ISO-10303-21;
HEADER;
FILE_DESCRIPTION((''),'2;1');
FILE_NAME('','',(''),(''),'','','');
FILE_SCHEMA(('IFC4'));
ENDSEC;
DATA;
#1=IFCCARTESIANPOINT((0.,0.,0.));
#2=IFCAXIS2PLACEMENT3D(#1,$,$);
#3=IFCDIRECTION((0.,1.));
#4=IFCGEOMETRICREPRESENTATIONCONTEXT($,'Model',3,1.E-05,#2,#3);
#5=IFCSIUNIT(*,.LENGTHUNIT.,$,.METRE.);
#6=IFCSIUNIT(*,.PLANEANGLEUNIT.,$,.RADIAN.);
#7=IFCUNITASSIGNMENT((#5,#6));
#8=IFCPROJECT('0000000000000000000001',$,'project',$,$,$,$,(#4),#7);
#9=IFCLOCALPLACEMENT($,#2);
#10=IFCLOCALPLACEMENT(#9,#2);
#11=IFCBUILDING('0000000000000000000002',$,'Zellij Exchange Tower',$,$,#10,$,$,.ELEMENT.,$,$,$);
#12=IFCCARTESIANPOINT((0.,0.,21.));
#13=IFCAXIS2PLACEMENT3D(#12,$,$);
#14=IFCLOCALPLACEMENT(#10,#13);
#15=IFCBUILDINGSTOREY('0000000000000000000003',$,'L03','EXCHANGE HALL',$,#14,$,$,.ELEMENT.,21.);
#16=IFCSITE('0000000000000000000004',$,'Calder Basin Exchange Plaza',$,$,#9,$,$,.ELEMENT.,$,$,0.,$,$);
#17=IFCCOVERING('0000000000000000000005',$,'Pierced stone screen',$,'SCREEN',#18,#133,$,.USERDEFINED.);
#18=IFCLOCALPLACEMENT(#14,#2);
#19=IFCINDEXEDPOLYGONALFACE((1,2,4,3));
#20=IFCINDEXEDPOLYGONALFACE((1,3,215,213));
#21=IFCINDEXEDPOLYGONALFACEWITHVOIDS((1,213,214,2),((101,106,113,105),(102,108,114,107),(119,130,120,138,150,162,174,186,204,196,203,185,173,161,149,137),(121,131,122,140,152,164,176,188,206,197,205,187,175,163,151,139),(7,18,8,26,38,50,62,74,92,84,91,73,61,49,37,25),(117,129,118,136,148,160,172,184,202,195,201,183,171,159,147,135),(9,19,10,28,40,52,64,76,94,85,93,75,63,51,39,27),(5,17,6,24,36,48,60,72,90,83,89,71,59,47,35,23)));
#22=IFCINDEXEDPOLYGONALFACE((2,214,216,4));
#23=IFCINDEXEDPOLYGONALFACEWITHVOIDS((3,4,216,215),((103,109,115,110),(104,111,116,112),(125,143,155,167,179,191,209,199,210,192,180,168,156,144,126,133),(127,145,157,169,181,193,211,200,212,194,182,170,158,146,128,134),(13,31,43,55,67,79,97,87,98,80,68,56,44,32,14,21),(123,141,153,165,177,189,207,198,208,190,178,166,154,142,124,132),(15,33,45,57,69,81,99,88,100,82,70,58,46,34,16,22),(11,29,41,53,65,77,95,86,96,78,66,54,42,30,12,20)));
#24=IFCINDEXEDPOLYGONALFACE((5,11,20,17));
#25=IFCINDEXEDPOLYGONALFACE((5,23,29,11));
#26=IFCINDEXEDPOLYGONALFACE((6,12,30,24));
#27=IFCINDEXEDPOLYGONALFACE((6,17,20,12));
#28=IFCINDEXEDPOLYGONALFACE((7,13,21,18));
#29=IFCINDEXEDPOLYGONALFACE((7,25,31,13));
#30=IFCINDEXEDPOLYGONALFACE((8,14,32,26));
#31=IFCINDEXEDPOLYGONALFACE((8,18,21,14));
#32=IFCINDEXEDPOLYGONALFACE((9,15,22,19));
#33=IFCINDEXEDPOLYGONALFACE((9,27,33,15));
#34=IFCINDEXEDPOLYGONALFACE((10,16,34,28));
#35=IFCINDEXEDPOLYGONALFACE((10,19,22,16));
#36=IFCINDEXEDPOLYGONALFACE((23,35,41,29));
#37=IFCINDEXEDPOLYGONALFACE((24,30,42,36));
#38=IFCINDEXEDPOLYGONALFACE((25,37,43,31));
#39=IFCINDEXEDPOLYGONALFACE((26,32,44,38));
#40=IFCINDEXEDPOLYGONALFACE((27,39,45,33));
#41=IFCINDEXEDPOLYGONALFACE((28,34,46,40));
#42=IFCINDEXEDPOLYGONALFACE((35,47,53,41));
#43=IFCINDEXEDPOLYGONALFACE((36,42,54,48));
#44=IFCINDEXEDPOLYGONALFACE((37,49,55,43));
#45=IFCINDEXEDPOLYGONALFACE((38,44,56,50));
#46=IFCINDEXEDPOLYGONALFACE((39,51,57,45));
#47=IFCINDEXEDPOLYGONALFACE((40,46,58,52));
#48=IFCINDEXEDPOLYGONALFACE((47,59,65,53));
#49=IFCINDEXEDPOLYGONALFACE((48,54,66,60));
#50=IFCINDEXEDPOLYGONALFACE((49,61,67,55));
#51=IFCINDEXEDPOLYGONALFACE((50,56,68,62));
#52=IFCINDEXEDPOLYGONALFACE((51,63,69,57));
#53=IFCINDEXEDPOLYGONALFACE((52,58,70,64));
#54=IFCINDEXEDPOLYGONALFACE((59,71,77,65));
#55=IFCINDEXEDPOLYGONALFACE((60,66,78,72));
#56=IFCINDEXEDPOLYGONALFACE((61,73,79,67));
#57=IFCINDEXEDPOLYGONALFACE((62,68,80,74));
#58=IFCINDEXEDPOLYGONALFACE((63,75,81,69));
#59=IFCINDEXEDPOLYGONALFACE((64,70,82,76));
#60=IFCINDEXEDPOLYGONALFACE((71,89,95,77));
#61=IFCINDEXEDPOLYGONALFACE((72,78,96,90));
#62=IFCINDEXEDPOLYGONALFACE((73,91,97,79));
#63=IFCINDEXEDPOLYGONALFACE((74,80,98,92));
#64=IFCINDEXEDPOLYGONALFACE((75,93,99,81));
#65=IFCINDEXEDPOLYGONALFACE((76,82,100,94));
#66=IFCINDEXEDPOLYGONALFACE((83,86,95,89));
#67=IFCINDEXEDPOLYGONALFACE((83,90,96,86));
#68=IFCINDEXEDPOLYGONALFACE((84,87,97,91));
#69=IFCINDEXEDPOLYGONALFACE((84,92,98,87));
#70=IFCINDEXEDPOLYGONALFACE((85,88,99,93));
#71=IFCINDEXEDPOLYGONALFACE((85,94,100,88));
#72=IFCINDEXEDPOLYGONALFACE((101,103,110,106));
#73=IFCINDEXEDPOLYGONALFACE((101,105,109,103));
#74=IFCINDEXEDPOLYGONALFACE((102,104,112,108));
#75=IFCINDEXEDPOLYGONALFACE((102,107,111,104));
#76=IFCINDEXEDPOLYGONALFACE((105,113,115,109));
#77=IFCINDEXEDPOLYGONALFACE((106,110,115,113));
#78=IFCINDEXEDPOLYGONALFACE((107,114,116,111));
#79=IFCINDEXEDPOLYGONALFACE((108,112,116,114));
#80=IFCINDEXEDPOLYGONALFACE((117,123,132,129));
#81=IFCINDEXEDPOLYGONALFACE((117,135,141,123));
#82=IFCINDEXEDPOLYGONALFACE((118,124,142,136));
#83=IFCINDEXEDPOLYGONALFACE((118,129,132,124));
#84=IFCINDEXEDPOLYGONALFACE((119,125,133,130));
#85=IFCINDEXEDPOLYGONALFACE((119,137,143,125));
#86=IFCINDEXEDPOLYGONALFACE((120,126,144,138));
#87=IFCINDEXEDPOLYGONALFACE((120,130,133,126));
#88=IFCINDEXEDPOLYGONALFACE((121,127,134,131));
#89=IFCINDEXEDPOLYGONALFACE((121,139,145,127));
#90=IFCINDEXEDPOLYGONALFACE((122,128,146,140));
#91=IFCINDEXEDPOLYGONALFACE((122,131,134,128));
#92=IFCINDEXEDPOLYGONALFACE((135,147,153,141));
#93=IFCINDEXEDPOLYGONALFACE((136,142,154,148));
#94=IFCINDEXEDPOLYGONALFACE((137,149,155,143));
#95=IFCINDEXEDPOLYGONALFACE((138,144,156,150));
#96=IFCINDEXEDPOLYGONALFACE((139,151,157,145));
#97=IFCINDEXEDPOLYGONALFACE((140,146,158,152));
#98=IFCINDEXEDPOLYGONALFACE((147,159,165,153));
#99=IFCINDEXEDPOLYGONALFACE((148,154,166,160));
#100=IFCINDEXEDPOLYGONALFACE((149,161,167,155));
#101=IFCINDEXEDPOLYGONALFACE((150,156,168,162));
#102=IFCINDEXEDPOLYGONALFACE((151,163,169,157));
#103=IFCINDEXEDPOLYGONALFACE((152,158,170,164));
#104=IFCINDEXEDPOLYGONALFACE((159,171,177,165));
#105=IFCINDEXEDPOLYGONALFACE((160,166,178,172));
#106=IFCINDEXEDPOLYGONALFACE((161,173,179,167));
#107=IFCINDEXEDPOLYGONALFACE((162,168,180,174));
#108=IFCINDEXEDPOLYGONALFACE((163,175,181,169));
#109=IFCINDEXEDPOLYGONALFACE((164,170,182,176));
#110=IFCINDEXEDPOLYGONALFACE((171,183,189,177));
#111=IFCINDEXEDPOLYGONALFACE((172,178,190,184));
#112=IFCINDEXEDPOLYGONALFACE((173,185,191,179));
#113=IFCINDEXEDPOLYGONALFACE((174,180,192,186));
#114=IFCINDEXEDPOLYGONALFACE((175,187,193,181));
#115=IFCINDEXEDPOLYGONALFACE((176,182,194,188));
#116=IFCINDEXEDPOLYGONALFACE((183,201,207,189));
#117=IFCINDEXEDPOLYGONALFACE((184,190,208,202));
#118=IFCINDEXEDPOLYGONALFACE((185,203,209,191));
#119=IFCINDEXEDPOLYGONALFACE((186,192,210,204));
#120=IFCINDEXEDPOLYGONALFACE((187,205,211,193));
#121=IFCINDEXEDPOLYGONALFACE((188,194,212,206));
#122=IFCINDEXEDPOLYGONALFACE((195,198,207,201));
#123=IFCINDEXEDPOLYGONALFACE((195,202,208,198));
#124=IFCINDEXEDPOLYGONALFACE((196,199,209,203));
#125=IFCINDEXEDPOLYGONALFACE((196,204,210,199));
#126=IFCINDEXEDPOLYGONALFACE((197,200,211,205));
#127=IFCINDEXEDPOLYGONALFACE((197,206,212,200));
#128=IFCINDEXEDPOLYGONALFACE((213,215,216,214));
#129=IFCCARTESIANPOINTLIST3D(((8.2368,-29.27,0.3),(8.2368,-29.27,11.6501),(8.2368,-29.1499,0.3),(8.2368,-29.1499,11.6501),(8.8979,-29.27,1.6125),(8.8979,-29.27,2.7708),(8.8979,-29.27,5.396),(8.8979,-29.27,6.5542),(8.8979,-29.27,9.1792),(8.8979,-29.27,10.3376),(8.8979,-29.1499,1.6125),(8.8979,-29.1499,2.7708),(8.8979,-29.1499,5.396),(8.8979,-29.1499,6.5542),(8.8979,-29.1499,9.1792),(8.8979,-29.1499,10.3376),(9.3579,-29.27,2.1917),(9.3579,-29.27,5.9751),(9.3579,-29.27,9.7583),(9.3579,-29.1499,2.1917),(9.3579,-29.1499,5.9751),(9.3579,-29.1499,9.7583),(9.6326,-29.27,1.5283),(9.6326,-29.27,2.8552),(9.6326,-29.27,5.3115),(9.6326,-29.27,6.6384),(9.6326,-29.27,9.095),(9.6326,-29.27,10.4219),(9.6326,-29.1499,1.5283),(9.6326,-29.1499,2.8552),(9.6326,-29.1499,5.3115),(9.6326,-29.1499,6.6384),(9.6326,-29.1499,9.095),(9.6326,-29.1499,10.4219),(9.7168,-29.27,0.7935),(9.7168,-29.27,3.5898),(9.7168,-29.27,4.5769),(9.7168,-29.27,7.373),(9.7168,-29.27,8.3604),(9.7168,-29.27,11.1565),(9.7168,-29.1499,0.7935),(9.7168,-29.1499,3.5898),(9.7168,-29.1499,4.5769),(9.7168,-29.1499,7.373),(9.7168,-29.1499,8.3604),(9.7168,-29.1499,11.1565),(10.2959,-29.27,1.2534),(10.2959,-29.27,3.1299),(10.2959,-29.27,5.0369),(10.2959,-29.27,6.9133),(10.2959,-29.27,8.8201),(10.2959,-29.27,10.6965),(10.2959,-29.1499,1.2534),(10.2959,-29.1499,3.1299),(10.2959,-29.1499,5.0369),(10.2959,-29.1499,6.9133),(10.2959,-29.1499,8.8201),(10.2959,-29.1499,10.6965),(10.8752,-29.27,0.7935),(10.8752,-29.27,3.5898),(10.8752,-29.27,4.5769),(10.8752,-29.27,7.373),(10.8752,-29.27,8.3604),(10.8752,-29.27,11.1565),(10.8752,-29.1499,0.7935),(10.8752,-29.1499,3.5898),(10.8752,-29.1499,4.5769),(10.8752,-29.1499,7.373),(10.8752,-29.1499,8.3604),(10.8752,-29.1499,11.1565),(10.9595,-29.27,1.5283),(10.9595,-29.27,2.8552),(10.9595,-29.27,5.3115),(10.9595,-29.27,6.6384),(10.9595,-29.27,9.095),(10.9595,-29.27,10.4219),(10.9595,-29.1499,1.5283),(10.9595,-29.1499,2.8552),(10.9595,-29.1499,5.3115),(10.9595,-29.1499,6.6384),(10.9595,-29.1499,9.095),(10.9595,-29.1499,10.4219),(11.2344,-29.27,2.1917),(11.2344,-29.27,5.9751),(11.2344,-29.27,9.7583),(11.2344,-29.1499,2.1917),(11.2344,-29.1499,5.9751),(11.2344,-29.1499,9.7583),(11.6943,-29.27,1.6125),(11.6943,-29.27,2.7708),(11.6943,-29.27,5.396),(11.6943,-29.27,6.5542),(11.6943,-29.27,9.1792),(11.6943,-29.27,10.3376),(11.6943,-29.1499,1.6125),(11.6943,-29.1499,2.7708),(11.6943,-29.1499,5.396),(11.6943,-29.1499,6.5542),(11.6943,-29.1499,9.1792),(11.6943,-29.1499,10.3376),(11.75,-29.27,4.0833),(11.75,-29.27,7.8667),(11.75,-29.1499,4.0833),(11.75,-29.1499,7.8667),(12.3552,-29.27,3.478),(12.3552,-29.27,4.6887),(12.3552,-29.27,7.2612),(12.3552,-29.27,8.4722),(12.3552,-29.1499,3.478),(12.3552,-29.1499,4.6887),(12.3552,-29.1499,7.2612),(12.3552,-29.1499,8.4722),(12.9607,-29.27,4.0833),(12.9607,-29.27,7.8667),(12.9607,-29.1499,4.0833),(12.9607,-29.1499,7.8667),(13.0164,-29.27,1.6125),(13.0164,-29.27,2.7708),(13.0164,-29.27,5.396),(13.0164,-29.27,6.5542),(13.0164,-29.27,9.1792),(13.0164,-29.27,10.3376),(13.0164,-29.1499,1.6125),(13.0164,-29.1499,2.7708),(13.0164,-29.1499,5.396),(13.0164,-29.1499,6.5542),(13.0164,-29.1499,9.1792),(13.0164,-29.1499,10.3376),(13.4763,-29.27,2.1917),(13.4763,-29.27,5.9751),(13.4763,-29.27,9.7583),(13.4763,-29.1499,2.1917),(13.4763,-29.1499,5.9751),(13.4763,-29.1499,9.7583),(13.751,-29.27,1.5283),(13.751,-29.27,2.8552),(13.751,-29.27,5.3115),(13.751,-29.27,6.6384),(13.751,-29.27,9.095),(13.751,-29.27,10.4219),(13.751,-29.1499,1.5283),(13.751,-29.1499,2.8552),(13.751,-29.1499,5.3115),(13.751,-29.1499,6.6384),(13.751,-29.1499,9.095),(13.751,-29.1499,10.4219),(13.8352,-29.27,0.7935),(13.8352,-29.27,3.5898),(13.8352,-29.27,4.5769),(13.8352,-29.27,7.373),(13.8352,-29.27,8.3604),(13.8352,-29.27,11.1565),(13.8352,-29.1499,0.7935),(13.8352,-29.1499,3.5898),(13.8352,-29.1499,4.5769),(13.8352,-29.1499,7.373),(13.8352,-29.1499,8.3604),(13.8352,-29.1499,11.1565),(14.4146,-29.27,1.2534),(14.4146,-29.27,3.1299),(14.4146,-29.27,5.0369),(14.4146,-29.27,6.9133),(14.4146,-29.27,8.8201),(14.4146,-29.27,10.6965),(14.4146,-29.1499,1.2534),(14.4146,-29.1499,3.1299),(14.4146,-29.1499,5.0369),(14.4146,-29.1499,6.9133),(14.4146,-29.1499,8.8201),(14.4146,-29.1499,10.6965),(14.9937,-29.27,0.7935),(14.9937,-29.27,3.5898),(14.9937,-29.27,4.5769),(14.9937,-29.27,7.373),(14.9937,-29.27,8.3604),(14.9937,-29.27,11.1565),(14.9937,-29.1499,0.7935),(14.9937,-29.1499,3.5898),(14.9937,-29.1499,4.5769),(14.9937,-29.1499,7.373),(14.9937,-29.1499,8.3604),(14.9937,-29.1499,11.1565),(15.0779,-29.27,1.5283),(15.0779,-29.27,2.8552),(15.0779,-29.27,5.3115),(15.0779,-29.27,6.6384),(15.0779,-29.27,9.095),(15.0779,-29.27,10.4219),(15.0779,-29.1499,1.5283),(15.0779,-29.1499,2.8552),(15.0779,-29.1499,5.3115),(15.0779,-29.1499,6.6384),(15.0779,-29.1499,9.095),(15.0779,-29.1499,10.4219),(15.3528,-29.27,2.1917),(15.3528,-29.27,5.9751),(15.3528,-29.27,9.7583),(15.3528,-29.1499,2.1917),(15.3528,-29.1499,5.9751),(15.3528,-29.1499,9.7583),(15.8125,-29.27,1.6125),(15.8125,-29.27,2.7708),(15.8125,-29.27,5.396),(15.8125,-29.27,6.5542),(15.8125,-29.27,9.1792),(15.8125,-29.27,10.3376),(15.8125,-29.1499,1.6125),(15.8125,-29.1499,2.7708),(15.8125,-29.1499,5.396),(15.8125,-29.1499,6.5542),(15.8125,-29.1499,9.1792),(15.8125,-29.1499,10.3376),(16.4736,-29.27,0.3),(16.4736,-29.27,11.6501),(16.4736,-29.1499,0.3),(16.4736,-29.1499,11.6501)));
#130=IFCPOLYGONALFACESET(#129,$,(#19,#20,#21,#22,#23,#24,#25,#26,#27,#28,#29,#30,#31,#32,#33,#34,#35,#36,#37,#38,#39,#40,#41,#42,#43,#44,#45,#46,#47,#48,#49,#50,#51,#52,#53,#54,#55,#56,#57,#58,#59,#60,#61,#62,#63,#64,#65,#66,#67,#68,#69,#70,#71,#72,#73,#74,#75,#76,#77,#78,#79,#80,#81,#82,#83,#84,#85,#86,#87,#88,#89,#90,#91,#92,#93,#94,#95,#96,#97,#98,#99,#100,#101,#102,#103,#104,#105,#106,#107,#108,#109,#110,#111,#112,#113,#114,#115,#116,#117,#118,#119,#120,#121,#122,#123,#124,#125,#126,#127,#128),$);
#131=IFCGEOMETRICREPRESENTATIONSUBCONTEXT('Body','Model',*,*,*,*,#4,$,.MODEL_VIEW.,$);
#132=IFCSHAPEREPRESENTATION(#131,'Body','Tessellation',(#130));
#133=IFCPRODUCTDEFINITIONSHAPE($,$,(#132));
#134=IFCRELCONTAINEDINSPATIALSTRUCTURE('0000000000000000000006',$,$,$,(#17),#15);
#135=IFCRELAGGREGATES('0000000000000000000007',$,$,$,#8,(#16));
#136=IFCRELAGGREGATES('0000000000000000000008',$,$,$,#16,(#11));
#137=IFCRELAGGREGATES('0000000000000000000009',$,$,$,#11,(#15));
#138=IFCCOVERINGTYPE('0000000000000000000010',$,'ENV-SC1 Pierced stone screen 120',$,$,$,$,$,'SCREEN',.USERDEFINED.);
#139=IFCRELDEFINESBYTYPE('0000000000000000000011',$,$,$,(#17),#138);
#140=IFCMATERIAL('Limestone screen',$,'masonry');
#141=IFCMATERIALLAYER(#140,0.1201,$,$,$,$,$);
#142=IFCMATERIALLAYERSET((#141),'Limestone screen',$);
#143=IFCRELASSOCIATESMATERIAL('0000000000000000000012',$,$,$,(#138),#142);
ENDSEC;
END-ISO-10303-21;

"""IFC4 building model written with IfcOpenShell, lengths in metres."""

from ifc_helpers import new_model, si_unit, direction, frame, origin, place, context, subcontext, project, spatial, polyline, outline, extrude, material, layer, layer_set, type_object, element, save


model = new_model("IFC4")

# Units and contexts
model_context = context("Model", 3, precision=1e-05, world=origin(), true_north=direction((0.0, 1.0)))
body_context = subcontext(model_context, "Body", "Model", "MODEL_VIEW")
ifc_project = project(units=[si_unit("LENGTHUNIT", "METRE"), si_unit("PLANEANGLEUNIT", "RADIAN")], contexts=[model_context])

# Site, building, storey
site_placement = place(None, origin())
site = spatial("IfcSite", under=ifc_project, at=site_placement, Name="Calder Basin Exchange Plaza", CompositionType="ELEMENT", RefElevation=0.0)
building_placement = place(site_placement, origin())
building = spatial("IfcBuilding", under=site, at=building_placement, Name="Zellij Exchange Tower", CompositionType="ELEMENT")
storey_placement = place(building_placement, frame((0.0, 0.0, 21.0)))
storey = spatial("IfcBuildingStorey", under=building, at=storey_placement, Name="L03", Description="EXCHANGE HALL", CompositionType="ELEMENT", Elevation=21.0)

# Covering
ifc_material_1 = material(Name="Limestone screen", Category="masonry")
ifc_layer_1 = layer(ifc_material_1, 0.1201)
ifc_layer_set_1 = layer_set([ifc_layer_1], Name="Limestone screen")
covering_type = type_object("IfcCoveringType", Name="ENV-SC1 Pierced stone screen 120", ElementType="SCREEN", PredefinedType="USERDEFINED", material=ifc_layer_set_1)
covering_1_placement = place(storey_placement, frame((8.2368, -29.21, 0.3), z_axis=(0.0, 0.0, 1.0), x_axis=(1.0, 0.0, 0.0)))
element("IfcCovering", 1, at=covering_1_placement, inside=storey, type_object=covering_type, Name="Pierced stone screen", ObjectType="SCREEN", PredefinedType="USERDEFINED", context=body_context, shape_type="SweptSolid", body=[
    extrude(outline(polyline([(0.0, 0.0), (8.2368, 0.0), (8.2368, 11.3501), (0.0, 11.3501), (0.0, 0.0)]), holes=[polyline([(3.4575, 2.4707), (2.7227, 2.5552), (2.6384, 3.2898), (2.0591, 2.8298), (1.48, 3.2898), (1.3958, 2.5552), (0.6611, 2.4707), (1.1211, 1.8916), (0.6611, 1.3125), (1.3958, 1.2283), (1.48, 0.4934), (2.0591, 0.9534), (2.6384, 0.4934), (2.7227, 1.2283), (3.4575, 1.3125), (2.9976, 1.8916), (3.4575, 2.4707)]), polyline([(3.4575, 6.2542), (2.7227, 6.3384), (2.6384, 7.073), (2.0591, 6.6133), (1.48, 7.073), (1.3958, 6.3384), (0.6611, 6.2542), (1.1211, 5.675), (0.6611, 5.0959), (1.3958, 5.0115), (1.48, 4.2769), (2.0591, 4.7368), (2.6384, 4.2769), (2.7227, 5.0115), (3.4575, 5.0959), (2.9976, 5.675), (3.4575, 6.2542)]), polyline([(3.4575, 10.0376), (2.7227, 10.1218), (2.6384, 10.8564), (2.0591, 10.3965), (1.48, 10.8564), (1.3958, 10.1218), (0.6611, 10.0376), (1.1211, 9.4583), (0.6611, 8.8792), (1.3958, 8.7949), (1.48, 8.0603), (2.0591, 8.52), (2.6384, 8.0603), (2.7227, 8.7949), (3.4575, 8.8792), (2.9976, 9.4583), (3.4575, 10.0376)]), polyline([(7.5757, 2.4707), (6.8411, 2.5552), (6.7568, 3.2898), (6.1777, 2.8298), (5.5984, 3.2898), (5.5142, 2.5552), (4.7795, 2.4707), (5.2395, 1.8916), (4.7795, 1.3125), (5.5142, 1.2283), (5.5984, 0.4934), (6.1777, 0.9534), (6.7568, 0.4934), (6.8411, 1.2283), (7.5757, 1.3125), (7.116, 1.8916), (7.5757, 2.4707)]), polyline([(7.5757, 6.2542), (6.8411, 6.3384), (6.7568, 7.073), (6.1777, 6.6133), (5.5984, 7.073), (5.5142, 6.3384), (4.7795, 6.2542), (5.2395, 5.675), (4.7795, 5.0959), (5.5142, 5.0115), (5.5984, 4.2769), (6.1777, 4.7368), (6.7568, 4.2769), (6.8411, 5.0115), (7.5757, 5.0959), (7.116, 5.675), (7.5757, 6.2542)]), polyline([(7.5757, 10.0376), (6.8411, 10.1218), (6.7568, 10.8564), (6.1777, 10.3965), (5.5984, 10.8564), (5.5142, 10.1218), (4.7795, 10.0376), (5.2395, 9.4583), (4.7795, 8.8792), (5.5142, 8.7949), (5.5984, 8.0603), (6.1777, 8.52), (6.7568, 8.0603), (6.8411, 8.7949), (7.5757, 8.8792), (7.116, 9.4583), (7.5757, 10.0376)]), polyline([(4.7239, 3.7832), (4.1184, 4.3887), (3.5132, 3.7832), (4.1184, 3.178), (4.7239, 3.7832)]), polyline([(4.7239, 7.5667), (4.1184, 8.1721), (3.5132, 7.5667), (4.1184, 6.9612), (4.7239, 7.5667)])]), frame((0.0, 0.0601, 0.0), z_axis=(0.0, -1.0, 0.0), x_axis=(1.0, 0.0, 0.0)), (0.0, 0.0, 1.0), 0.1201),
])

save(model, "model.ifc")
